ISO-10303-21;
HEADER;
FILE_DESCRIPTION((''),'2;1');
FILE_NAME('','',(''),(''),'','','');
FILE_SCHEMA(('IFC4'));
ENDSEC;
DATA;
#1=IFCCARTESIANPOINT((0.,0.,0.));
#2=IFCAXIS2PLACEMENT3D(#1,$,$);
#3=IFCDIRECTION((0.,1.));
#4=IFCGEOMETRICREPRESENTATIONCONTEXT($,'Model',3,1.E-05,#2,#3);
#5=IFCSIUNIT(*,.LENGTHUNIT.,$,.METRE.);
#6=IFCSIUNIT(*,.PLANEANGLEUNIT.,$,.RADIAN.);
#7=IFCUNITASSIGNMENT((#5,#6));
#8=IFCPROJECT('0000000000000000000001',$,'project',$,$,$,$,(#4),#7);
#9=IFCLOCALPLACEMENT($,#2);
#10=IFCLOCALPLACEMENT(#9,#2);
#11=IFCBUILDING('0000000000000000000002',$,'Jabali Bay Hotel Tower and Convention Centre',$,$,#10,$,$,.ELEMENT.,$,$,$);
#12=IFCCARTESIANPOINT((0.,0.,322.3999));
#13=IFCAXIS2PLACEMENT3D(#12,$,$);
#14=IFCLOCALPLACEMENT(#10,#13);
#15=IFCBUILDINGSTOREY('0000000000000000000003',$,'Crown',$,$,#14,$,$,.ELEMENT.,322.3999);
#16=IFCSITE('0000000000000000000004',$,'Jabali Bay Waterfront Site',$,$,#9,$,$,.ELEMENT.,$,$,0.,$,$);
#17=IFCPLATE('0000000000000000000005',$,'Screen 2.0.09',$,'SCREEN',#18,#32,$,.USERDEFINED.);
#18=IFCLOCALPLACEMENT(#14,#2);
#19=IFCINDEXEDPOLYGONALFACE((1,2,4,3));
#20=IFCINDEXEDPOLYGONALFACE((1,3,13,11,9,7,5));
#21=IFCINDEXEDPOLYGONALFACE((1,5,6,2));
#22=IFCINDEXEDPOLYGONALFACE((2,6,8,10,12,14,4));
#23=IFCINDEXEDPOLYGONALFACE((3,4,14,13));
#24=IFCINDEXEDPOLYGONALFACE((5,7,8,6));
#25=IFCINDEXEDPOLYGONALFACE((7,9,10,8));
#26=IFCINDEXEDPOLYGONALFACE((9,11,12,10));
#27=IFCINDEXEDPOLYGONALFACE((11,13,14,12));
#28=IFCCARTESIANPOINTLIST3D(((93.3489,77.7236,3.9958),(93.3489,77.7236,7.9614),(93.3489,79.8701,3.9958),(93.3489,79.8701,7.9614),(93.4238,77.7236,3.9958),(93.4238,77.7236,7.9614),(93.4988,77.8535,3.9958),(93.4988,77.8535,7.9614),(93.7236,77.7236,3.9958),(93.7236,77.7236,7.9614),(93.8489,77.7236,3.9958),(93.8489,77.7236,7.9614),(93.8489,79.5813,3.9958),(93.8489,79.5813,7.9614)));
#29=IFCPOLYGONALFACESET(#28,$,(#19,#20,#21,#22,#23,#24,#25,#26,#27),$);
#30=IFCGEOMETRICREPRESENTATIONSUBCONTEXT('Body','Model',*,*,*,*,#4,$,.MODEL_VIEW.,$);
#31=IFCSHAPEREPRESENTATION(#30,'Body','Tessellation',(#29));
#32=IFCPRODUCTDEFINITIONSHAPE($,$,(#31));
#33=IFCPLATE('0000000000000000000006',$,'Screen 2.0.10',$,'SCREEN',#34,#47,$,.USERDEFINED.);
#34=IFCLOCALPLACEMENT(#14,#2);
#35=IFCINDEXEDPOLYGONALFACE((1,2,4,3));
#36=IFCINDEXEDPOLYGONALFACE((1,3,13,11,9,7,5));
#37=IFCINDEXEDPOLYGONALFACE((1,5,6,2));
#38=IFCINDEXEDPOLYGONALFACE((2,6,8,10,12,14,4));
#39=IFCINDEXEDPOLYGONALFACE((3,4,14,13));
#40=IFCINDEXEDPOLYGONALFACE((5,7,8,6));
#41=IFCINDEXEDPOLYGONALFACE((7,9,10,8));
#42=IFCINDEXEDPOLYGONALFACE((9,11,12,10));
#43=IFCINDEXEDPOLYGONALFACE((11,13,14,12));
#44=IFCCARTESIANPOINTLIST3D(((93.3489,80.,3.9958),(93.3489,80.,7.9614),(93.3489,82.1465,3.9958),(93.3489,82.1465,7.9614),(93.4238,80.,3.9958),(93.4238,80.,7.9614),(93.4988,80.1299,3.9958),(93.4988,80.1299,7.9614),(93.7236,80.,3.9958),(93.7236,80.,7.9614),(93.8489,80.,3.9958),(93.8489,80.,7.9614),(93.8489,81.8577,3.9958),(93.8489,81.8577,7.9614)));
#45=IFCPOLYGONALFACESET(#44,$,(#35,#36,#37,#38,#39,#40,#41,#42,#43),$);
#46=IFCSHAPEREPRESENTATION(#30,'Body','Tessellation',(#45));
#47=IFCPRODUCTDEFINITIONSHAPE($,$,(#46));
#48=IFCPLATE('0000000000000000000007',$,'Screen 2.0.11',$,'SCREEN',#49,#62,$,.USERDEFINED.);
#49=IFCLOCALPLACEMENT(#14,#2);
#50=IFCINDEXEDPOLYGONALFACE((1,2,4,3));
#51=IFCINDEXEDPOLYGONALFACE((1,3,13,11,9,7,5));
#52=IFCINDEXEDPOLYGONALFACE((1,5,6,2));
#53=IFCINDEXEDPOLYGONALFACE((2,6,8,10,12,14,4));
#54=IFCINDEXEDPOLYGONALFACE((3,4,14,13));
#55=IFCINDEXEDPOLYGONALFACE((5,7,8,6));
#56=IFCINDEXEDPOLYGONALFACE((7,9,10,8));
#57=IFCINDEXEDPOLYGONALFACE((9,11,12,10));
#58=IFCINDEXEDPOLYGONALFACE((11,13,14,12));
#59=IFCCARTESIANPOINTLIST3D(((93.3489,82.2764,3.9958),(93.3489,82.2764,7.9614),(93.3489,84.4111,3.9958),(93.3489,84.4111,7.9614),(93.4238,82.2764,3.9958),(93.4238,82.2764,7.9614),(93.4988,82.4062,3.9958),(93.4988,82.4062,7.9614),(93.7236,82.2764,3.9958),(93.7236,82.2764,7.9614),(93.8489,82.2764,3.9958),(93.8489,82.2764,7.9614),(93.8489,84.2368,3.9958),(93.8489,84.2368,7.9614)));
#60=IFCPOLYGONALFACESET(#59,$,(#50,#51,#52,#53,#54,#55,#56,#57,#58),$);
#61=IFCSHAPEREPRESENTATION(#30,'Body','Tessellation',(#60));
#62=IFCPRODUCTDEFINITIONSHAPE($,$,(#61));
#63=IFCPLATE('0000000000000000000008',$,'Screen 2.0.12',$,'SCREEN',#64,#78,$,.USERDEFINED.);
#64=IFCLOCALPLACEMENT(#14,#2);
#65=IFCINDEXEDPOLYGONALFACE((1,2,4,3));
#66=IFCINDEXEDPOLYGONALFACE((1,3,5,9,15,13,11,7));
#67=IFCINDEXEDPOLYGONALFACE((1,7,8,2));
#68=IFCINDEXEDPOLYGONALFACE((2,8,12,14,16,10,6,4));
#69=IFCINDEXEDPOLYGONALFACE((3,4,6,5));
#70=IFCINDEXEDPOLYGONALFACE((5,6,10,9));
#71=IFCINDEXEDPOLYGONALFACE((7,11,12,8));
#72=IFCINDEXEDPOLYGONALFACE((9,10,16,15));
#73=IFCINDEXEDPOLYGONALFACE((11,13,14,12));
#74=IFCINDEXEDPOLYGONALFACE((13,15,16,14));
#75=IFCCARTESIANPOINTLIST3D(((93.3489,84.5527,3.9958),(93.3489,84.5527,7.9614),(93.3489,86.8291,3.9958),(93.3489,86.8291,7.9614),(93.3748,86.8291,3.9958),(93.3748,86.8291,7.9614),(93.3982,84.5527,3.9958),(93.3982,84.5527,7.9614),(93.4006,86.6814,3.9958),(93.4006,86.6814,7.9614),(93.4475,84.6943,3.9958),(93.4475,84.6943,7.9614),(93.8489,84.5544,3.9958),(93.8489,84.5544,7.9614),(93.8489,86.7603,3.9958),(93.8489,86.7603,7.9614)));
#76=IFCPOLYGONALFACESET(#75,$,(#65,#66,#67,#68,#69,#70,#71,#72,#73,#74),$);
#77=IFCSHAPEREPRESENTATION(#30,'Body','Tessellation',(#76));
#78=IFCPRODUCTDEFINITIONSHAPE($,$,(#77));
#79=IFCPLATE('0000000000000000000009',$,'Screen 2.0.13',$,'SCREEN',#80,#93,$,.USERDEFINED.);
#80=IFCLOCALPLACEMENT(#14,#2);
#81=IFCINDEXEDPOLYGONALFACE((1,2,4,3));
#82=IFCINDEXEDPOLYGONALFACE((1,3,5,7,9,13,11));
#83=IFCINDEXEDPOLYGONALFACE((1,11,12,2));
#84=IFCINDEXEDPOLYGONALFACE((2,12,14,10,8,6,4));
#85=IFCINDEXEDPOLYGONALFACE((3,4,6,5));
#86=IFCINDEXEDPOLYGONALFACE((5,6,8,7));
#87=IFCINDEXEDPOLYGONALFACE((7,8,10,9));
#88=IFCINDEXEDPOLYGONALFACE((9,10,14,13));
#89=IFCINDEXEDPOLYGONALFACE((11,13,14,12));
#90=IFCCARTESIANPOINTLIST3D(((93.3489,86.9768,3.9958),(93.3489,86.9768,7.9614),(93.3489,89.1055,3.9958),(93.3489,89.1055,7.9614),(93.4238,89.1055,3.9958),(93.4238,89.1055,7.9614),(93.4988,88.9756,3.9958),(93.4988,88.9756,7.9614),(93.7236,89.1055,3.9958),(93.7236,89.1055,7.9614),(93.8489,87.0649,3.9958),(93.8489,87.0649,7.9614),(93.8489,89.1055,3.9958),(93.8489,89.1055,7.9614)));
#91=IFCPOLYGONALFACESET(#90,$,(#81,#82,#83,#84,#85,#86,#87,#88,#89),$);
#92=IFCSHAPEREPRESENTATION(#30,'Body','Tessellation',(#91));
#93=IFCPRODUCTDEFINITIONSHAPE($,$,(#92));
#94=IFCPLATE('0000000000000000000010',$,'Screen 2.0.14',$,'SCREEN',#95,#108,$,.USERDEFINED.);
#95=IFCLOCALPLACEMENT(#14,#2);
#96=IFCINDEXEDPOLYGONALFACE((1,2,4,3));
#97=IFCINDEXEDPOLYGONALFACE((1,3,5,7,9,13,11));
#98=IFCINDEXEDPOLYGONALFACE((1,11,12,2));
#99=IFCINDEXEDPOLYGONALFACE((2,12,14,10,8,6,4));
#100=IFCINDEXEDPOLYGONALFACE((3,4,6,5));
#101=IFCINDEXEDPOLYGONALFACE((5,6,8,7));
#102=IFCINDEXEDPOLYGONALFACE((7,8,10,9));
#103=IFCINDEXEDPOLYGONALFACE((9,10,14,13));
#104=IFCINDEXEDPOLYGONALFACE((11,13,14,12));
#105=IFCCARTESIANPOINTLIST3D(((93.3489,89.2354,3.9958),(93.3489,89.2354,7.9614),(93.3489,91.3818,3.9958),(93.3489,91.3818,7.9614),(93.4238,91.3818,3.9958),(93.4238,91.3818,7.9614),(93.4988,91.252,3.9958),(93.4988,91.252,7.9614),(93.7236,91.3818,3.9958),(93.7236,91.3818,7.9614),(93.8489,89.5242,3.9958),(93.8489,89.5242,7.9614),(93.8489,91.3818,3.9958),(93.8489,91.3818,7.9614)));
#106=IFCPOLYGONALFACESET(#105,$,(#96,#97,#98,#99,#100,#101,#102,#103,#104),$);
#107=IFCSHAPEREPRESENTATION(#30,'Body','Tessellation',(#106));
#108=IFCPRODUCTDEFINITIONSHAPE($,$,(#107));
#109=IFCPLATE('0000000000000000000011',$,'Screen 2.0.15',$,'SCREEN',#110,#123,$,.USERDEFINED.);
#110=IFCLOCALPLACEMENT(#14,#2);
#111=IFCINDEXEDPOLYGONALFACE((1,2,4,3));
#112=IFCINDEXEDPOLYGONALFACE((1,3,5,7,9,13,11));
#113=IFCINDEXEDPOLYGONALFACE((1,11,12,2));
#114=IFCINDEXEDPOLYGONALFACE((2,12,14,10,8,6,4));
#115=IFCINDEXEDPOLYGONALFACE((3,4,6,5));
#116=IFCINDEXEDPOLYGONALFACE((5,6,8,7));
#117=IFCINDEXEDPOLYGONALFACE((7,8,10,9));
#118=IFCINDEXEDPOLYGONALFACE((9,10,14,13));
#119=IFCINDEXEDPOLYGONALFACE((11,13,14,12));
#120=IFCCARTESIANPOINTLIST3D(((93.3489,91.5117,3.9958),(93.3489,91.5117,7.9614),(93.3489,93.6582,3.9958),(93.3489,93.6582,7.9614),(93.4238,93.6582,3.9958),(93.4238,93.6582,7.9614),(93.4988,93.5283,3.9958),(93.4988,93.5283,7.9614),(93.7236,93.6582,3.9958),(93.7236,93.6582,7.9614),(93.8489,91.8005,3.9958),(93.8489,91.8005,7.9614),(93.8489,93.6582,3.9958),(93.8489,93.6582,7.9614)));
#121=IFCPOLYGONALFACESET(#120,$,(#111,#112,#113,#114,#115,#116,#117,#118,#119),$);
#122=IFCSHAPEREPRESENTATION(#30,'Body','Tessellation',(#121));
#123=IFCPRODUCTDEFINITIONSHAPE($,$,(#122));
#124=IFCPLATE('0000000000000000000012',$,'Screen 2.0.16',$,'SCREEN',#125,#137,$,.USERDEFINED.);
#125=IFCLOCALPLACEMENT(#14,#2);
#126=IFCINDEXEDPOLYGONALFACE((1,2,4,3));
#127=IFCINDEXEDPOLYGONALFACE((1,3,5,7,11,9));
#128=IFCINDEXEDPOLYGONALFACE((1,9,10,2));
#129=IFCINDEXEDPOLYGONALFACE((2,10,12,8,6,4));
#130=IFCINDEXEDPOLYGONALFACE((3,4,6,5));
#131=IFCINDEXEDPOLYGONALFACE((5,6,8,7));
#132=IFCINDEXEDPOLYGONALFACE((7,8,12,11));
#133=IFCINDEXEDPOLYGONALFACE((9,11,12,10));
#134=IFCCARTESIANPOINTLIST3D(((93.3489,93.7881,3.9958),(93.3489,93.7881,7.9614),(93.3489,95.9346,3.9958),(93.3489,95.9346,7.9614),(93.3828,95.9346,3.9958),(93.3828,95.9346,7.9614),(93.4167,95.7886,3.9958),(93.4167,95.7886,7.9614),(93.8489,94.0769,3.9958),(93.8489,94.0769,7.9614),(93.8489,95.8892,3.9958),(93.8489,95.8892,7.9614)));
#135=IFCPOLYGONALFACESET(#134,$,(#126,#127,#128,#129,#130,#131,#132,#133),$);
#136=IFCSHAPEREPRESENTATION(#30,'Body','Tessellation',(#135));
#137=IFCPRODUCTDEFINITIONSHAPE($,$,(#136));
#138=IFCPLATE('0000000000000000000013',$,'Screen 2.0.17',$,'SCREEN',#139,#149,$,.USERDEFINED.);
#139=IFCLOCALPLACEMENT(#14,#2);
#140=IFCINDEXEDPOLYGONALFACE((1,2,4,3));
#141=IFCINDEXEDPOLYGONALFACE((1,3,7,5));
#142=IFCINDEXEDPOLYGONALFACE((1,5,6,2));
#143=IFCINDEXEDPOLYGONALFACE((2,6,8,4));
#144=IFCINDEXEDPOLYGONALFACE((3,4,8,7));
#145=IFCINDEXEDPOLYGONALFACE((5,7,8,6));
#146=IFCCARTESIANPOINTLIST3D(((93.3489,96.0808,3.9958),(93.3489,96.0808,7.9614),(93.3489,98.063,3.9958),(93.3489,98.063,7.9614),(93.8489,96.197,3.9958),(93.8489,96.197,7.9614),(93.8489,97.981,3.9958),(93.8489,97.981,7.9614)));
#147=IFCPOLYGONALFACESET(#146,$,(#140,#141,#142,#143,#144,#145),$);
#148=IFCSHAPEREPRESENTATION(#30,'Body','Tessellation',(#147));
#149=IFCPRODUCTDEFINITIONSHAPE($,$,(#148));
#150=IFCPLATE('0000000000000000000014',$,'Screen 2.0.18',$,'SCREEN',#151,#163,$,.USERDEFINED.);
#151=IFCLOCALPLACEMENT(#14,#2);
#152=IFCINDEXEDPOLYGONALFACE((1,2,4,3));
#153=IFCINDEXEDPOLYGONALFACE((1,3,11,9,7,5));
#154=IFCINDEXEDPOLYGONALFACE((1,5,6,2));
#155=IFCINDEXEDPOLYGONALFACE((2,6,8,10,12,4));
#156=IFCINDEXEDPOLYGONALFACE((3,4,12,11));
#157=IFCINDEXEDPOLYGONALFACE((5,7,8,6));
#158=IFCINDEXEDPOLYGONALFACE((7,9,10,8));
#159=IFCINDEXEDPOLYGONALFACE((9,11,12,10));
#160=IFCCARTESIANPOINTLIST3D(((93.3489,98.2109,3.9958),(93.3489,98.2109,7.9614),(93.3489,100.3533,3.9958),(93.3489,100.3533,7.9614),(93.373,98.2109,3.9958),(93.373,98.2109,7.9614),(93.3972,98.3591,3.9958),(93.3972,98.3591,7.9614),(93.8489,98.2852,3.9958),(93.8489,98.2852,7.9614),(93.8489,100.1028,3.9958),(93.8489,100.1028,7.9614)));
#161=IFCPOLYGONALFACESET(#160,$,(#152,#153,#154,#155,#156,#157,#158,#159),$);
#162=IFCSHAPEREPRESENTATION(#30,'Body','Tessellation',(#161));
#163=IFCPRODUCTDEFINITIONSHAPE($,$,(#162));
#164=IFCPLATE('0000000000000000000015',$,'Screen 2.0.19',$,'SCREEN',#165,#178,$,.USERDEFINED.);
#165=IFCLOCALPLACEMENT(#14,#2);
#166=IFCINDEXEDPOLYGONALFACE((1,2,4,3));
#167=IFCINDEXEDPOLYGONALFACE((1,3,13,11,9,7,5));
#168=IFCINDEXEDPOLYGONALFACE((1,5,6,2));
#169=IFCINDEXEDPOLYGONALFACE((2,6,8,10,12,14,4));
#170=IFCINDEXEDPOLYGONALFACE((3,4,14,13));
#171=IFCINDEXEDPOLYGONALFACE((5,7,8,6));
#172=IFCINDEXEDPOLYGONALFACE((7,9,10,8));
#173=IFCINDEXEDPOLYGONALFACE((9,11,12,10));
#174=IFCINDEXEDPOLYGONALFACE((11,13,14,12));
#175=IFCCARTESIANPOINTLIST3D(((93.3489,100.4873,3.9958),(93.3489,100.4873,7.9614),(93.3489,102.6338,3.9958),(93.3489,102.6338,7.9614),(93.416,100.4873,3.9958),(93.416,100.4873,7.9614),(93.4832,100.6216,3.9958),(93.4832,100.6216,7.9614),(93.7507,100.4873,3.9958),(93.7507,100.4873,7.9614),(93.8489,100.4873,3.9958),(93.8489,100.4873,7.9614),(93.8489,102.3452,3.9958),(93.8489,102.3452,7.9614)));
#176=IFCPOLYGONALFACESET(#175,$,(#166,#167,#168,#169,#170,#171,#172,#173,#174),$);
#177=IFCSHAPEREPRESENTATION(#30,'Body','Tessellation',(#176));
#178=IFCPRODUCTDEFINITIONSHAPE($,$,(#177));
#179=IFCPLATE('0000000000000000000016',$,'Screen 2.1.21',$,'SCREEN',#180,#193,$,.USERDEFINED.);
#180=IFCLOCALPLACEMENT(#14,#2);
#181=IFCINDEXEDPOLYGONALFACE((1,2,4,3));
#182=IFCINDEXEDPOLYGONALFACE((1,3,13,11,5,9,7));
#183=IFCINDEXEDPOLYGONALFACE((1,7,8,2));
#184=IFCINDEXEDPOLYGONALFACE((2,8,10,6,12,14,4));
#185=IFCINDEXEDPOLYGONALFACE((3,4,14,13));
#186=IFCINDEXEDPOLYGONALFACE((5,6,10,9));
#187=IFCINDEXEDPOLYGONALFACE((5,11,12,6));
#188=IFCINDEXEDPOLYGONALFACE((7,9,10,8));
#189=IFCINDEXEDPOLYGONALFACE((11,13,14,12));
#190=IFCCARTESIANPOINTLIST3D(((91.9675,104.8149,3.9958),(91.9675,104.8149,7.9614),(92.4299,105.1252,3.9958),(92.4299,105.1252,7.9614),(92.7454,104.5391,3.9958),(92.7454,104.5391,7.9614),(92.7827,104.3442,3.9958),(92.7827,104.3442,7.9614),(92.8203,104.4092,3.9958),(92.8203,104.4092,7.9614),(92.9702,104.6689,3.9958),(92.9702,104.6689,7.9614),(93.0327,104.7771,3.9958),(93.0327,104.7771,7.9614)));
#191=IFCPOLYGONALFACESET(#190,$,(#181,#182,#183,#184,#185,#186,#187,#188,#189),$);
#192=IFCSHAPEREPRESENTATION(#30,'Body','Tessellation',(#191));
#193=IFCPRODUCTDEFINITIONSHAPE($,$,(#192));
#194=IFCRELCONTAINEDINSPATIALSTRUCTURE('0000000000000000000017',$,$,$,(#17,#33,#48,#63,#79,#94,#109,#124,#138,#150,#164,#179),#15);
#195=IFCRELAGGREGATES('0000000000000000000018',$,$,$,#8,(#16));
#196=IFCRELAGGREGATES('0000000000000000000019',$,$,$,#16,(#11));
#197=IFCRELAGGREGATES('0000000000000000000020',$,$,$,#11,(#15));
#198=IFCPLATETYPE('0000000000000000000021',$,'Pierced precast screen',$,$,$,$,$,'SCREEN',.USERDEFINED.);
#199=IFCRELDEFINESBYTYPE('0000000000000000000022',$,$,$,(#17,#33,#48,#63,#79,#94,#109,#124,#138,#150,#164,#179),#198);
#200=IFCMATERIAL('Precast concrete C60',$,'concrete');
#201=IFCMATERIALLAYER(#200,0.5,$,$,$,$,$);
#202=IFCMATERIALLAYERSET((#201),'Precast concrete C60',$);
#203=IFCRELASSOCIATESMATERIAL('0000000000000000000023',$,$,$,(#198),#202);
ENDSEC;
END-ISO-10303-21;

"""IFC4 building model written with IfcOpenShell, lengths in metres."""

from ifc_helpers import new_model, si_unit, direction, frame, origin, place, context, subcontext, project, spatial, polyline, outline, extrude, material, layer, layer_set, type_object, element, save


model = new_model("IFC4")

# Units and contexts
model_context = context("Model", 3, precision=1e-05, world=origin(), true_north=direction((0.0, 1.0)))
body_context = subcontext(model_context, "Body", "Model", "MODEL_VIEW")
ifc_project = project(units=[si_unit("LENGTHUNIT", "METRE"), si_unit("PLANEANGLEUNIT", "RADIAN")], contexts=[model_context])

# Site, building, storey
site_placement = place(None, origin())
site = spatial("IfcSite", under=ifc_project, at=site_placement, Name="Jabali Bay Waterfront Site", CompositionType="ELEMENT", RefElevation=0.0)
building_placement = place(site_placement, origin())
building = spatial("IfcBuilding", under=site, at=building_placement, Name="Jabali Bay Hotel Tower and Convention Centre", CompositionType="ELEMENT")
storey_placement = place(building_placement, frame((0.0, 0.0, 322.3999)))
storey = spatial("IfcBuildingStorey", under=building, at=storey_placement, Name="Crown", CompositionType="ELEMENT", Elevation=322.3999)

# Plates
ifc_material = material(Name="Precast concrete C60", Category="concrete")
ifc_layer = layer(ifc_material, 0.5)
ifc_layer_set = layer_set([ifc_layer], Name="Precast concrete C60")
plate_type = type_object("IfcPlateType", Name="Pierced precast screen", ElementType="SCREEN", PredefinedType="USERDEFINED", material=ifc_layer_set)
plate_1_placement = place(storey_placement, frame((0.0, 0.0, 3.9958)))
element("IfcPlate", 1, at=plate_1_placement, inside=storey, type_object=plate_type, Name="Screen 2.0.09", ObjectType="SCREEN", PredefinedType="USERDEFINED", context=body_context, shape_type="SweptSolid", body=[
    extrude(outline(polyline([(93.3489, 79.8701), (93.3489, 77.7236), (93.4238, 77.7236), (93.4988, 77.8535), (93.7236, 77.7236), (93.8489, 77.7236), (93.8489, 79.5813), (93.3489, 79.8701)])), origin(), (0.0, 0.0, 1.0), 3.9656),
])
plate_2_placement = place(storey_placement, frame((0.0, 0.0, 3.9958)))
element("IfcPlate", 2, at=plate_2_placement, inside=storey, type_object=plate_type, Name="Screen 2.0.10", ObjectType="SCREEN", PredefinedType="USERDEFINED", context=body_context, shape_type="SweptSolid", body=[
    extrude(outline(polyline([(93.3489, 82.1465), (93.3489, 80.0), (93.4238, 80.0), (93.4988, 80.1299), (93.7236, 80.0), (93.8489, 80.0), (93.8489, 81.8577), (93.3489, 82.1465)])), origin(), (0.0, 0.0, 1.0), 3.9656),
])
plate_3_placement = place(storey_placement, frame((0.0, 0.0, 3.9958)))
element("IfcPlate", 3, at=plate_3_placement, inside=storey, type_object=plate_type, Name="Screen 2.0.11", ObjectType="SCREEN", PredefinedType="USERDEFINED", context=body_context, shape_type="SweptSolid", body=[
    extrude(outline(polyline([(93.3489, 84.4111), (93.3489, 82.2764), (93.4238, 82.2764), (93.4988, 82.4062), (93.7236, 82.2764), (93.8489, 82.2764), (93.8489, 84.2368), (93.3489, 84.4111)])), origin(), (0.0, 0.0, 1.0), 3.9656),
])
plate_4_placement = place(storey_placement, frame((0.0, 0.0, 3.9958)))
element("IfcPlate", 4, at=plate_4_placement, inside=storey, type_object=plate_type, Name="Screen 2.0.12", ObjectType="SCREEN", PredefinedType="USERDEFINED", context=body_context, shape_type="SweptSolid", body=[
    extrude(outline(polyline([(93.3489, 86.8291), (93.3489, 84.5527), (93.3982, 84.5527), (93.4475, 84.6943), (93.8489, 84.5544), (93.8489, 86.7603), (93.4006, 86.6814), (93.3748, 86.8291), (93.3489, 86.8291)])), origin(), (0.0, 0.0, 1.0), 3.9656),
])
plate_5_placement = place(storey_placement, frame((0.0, 0.0, 3.9958)))
element("IfcPlate", 5, at=plate_5_placement, inside=storey, type_object=plate_type, Name="Screen 2.0.13", ObjectType="SCREEN", PredefinedType="USERDEFINED", context=body_context, shape_type="SweptSolid", body=[
    extrude(outline(polyline([(93.3489, 89.1055), (93.3489, 86.9768), (93.8489, 87.0649), (93.8489, 89.1055), (93.7236, 89.1055), (93.4988, 88.9756), (93.4238, 89.1055), (93.3489, 89.1055)])), origin(), (0.0, 0.0, 1.0), 3.9656),
])
plate_6_placement = place(storey_placement, frame((0.0, 0.0, 3.9958)))
element("IfcPlate", 6, at=plate_6_placement, inside=storey, type_object=plate_type, Name="Screen 2.0.14", ObjectType="SCREEN", PredefinedType="USERDEFINED", context=body_context, shape_type="SweptSolid", body=[
    extrude(outline(polyline([(93.3489, 91.3818), (93.3489, 89.2354), (93.8489, 89.5242), (93.8489, 91.3818), (93.7236, 91.3818), (93.4988, 91.252), (93.4238, 91.3818), (93.3489, 91.3818)])), origin(), (0.0, 0.0, 1.0), 3.9656),
])
plate_7_placement = place(storey_placement, frame((0.0, 0.0, 3.9958)))
element("IfcPlate", 7, at=plate_7_placement, inside=storey, type_object=plate_type, Name="Screen 2.0.15", ObjectType="SCREEN", PredefinedType="USERDEFINED", context=body_context, shape_type="SweptSolid", body=[
    extrude(outline(polyline([(93.3489, 93.6582), (93.3489, 91.5117), (93.8489, 91.8005), (93.8489, 93.6582), (93.7236, 93.6582), (93.4988, 93.5283), (93.4238, 93.6582), (93.3489, 93.6582)])), origin(), (0.0, 0.0, 1.0), 3.9656),
])
plate_8_placement = place(storey_placement, frame((0.0, 0.0, 3.9958)))
element("IfcPlate", 8, at=plate_8_placement, inside=storey, type_object=plate_type, Name="Screen 2.0.16", ObjectType="SCREEN", PredefinedType="USERDEFINED", context=body_context, shape_type="SweptSolid", body=[
    extrude(outline(polyline([(93.3489, 95.9346), (93.3489, 93.7881), (93.8489, 94.0769), (93.8489, 95.8892), (93.4167, 95.7886), (93.3828, 95.9346), (93.3489, 95.9346)])), origin(), (0.0, 0.0, 1.0), 3.9656),
])
plate_9_placement = place(storey_placement, frame((0.0, 0.0, 3.9958)))
element("IfcPlate", 9, at=plate_9_placement, inside=storey, type_object=plate_type, Name="Screen 2.0.17", ObjectType="SCREEN", PredefinedType="USERDEFINED", context=body_context, shape_type="SweptSolid", body=[
    extrude(outline(polyline([(93.3489, 98.063), (93.3489, 96.0808), (93.8489, 96.197), (93.8489, 97.981), (93.3489, 98.063)])), origin(), (0.0, 0.0, 1.0), 3.9656),
])
plate_10_placement = place(storey_placement, frame((0.0, 0.0, 3.9958)))
element("IfcPlate", 10, at=plate_10_placement, inside=storey, type_object=plate_type, Name="Screen 2.0.18", ObjectType="SCREEN", PredefinedType="USERDEFINED", context=body_context, shape_type="SweptSolid", body=[
    extrude(outline(polyline([(93.3489, 100.3533), (93.3489, 98.2109), (93.373, 98.2109), (93.3972, 98.3591), (93.8489, 98.2852), (93.8489, 100.1028), (93.3489, 100.3533)])), origin(), (0.0, 0.0, 1.0), 3.9656),
])
plate_11_placement = place(storey_placement, frame((0.0, 0.0, 3.9958)))
element("IfcPlate", 11, at=plate_11_placement, inside=storey, type_object=plate_type, Name="Screen 2.0.19", ObjectType="SCREEN", PredefinedType="USERDEFINED", context=body_context, shape_type="SweptSolid", body=[
    extrude(outline(polyline([(93.3489, 102.6338), (93.3489, 100.4873), (93.416, 100.4873), (93.4832, 100.6216), (93.7507, 100.4873), (93.8489, 100.4873), (93.8489, 102.3452), (93.3489, 102.6338)])), origin(), (0.0, 0.0, 1.0), 3.9656),
])
plate_12_placement = place(storey_placement, frame((0.0, 0.0, 3.9958)))
element("IfcPlate", 12, at=plate_12_placement, inside=storey, type_object=plate_type, Name="Screen 2.1.21", ObjectType="SCREEN", PredefinedType="USERDEFINED", context=body_context, shape_type="SweptSolid", body=[
    extrude(outline(polyline([(91.9675, 104.8149), (92.7827, 104.3442), (92.8203, 104.4092), (92.7454, 104.5391), (92.9702, 104.6689), (93.0327, 104.7771), (92.4299, 105.1252), (91.9675, 104.8149)])), origin(), (0.0, 0.0, 1.0), 3.9656),
])

save(model, "model.ifc")
